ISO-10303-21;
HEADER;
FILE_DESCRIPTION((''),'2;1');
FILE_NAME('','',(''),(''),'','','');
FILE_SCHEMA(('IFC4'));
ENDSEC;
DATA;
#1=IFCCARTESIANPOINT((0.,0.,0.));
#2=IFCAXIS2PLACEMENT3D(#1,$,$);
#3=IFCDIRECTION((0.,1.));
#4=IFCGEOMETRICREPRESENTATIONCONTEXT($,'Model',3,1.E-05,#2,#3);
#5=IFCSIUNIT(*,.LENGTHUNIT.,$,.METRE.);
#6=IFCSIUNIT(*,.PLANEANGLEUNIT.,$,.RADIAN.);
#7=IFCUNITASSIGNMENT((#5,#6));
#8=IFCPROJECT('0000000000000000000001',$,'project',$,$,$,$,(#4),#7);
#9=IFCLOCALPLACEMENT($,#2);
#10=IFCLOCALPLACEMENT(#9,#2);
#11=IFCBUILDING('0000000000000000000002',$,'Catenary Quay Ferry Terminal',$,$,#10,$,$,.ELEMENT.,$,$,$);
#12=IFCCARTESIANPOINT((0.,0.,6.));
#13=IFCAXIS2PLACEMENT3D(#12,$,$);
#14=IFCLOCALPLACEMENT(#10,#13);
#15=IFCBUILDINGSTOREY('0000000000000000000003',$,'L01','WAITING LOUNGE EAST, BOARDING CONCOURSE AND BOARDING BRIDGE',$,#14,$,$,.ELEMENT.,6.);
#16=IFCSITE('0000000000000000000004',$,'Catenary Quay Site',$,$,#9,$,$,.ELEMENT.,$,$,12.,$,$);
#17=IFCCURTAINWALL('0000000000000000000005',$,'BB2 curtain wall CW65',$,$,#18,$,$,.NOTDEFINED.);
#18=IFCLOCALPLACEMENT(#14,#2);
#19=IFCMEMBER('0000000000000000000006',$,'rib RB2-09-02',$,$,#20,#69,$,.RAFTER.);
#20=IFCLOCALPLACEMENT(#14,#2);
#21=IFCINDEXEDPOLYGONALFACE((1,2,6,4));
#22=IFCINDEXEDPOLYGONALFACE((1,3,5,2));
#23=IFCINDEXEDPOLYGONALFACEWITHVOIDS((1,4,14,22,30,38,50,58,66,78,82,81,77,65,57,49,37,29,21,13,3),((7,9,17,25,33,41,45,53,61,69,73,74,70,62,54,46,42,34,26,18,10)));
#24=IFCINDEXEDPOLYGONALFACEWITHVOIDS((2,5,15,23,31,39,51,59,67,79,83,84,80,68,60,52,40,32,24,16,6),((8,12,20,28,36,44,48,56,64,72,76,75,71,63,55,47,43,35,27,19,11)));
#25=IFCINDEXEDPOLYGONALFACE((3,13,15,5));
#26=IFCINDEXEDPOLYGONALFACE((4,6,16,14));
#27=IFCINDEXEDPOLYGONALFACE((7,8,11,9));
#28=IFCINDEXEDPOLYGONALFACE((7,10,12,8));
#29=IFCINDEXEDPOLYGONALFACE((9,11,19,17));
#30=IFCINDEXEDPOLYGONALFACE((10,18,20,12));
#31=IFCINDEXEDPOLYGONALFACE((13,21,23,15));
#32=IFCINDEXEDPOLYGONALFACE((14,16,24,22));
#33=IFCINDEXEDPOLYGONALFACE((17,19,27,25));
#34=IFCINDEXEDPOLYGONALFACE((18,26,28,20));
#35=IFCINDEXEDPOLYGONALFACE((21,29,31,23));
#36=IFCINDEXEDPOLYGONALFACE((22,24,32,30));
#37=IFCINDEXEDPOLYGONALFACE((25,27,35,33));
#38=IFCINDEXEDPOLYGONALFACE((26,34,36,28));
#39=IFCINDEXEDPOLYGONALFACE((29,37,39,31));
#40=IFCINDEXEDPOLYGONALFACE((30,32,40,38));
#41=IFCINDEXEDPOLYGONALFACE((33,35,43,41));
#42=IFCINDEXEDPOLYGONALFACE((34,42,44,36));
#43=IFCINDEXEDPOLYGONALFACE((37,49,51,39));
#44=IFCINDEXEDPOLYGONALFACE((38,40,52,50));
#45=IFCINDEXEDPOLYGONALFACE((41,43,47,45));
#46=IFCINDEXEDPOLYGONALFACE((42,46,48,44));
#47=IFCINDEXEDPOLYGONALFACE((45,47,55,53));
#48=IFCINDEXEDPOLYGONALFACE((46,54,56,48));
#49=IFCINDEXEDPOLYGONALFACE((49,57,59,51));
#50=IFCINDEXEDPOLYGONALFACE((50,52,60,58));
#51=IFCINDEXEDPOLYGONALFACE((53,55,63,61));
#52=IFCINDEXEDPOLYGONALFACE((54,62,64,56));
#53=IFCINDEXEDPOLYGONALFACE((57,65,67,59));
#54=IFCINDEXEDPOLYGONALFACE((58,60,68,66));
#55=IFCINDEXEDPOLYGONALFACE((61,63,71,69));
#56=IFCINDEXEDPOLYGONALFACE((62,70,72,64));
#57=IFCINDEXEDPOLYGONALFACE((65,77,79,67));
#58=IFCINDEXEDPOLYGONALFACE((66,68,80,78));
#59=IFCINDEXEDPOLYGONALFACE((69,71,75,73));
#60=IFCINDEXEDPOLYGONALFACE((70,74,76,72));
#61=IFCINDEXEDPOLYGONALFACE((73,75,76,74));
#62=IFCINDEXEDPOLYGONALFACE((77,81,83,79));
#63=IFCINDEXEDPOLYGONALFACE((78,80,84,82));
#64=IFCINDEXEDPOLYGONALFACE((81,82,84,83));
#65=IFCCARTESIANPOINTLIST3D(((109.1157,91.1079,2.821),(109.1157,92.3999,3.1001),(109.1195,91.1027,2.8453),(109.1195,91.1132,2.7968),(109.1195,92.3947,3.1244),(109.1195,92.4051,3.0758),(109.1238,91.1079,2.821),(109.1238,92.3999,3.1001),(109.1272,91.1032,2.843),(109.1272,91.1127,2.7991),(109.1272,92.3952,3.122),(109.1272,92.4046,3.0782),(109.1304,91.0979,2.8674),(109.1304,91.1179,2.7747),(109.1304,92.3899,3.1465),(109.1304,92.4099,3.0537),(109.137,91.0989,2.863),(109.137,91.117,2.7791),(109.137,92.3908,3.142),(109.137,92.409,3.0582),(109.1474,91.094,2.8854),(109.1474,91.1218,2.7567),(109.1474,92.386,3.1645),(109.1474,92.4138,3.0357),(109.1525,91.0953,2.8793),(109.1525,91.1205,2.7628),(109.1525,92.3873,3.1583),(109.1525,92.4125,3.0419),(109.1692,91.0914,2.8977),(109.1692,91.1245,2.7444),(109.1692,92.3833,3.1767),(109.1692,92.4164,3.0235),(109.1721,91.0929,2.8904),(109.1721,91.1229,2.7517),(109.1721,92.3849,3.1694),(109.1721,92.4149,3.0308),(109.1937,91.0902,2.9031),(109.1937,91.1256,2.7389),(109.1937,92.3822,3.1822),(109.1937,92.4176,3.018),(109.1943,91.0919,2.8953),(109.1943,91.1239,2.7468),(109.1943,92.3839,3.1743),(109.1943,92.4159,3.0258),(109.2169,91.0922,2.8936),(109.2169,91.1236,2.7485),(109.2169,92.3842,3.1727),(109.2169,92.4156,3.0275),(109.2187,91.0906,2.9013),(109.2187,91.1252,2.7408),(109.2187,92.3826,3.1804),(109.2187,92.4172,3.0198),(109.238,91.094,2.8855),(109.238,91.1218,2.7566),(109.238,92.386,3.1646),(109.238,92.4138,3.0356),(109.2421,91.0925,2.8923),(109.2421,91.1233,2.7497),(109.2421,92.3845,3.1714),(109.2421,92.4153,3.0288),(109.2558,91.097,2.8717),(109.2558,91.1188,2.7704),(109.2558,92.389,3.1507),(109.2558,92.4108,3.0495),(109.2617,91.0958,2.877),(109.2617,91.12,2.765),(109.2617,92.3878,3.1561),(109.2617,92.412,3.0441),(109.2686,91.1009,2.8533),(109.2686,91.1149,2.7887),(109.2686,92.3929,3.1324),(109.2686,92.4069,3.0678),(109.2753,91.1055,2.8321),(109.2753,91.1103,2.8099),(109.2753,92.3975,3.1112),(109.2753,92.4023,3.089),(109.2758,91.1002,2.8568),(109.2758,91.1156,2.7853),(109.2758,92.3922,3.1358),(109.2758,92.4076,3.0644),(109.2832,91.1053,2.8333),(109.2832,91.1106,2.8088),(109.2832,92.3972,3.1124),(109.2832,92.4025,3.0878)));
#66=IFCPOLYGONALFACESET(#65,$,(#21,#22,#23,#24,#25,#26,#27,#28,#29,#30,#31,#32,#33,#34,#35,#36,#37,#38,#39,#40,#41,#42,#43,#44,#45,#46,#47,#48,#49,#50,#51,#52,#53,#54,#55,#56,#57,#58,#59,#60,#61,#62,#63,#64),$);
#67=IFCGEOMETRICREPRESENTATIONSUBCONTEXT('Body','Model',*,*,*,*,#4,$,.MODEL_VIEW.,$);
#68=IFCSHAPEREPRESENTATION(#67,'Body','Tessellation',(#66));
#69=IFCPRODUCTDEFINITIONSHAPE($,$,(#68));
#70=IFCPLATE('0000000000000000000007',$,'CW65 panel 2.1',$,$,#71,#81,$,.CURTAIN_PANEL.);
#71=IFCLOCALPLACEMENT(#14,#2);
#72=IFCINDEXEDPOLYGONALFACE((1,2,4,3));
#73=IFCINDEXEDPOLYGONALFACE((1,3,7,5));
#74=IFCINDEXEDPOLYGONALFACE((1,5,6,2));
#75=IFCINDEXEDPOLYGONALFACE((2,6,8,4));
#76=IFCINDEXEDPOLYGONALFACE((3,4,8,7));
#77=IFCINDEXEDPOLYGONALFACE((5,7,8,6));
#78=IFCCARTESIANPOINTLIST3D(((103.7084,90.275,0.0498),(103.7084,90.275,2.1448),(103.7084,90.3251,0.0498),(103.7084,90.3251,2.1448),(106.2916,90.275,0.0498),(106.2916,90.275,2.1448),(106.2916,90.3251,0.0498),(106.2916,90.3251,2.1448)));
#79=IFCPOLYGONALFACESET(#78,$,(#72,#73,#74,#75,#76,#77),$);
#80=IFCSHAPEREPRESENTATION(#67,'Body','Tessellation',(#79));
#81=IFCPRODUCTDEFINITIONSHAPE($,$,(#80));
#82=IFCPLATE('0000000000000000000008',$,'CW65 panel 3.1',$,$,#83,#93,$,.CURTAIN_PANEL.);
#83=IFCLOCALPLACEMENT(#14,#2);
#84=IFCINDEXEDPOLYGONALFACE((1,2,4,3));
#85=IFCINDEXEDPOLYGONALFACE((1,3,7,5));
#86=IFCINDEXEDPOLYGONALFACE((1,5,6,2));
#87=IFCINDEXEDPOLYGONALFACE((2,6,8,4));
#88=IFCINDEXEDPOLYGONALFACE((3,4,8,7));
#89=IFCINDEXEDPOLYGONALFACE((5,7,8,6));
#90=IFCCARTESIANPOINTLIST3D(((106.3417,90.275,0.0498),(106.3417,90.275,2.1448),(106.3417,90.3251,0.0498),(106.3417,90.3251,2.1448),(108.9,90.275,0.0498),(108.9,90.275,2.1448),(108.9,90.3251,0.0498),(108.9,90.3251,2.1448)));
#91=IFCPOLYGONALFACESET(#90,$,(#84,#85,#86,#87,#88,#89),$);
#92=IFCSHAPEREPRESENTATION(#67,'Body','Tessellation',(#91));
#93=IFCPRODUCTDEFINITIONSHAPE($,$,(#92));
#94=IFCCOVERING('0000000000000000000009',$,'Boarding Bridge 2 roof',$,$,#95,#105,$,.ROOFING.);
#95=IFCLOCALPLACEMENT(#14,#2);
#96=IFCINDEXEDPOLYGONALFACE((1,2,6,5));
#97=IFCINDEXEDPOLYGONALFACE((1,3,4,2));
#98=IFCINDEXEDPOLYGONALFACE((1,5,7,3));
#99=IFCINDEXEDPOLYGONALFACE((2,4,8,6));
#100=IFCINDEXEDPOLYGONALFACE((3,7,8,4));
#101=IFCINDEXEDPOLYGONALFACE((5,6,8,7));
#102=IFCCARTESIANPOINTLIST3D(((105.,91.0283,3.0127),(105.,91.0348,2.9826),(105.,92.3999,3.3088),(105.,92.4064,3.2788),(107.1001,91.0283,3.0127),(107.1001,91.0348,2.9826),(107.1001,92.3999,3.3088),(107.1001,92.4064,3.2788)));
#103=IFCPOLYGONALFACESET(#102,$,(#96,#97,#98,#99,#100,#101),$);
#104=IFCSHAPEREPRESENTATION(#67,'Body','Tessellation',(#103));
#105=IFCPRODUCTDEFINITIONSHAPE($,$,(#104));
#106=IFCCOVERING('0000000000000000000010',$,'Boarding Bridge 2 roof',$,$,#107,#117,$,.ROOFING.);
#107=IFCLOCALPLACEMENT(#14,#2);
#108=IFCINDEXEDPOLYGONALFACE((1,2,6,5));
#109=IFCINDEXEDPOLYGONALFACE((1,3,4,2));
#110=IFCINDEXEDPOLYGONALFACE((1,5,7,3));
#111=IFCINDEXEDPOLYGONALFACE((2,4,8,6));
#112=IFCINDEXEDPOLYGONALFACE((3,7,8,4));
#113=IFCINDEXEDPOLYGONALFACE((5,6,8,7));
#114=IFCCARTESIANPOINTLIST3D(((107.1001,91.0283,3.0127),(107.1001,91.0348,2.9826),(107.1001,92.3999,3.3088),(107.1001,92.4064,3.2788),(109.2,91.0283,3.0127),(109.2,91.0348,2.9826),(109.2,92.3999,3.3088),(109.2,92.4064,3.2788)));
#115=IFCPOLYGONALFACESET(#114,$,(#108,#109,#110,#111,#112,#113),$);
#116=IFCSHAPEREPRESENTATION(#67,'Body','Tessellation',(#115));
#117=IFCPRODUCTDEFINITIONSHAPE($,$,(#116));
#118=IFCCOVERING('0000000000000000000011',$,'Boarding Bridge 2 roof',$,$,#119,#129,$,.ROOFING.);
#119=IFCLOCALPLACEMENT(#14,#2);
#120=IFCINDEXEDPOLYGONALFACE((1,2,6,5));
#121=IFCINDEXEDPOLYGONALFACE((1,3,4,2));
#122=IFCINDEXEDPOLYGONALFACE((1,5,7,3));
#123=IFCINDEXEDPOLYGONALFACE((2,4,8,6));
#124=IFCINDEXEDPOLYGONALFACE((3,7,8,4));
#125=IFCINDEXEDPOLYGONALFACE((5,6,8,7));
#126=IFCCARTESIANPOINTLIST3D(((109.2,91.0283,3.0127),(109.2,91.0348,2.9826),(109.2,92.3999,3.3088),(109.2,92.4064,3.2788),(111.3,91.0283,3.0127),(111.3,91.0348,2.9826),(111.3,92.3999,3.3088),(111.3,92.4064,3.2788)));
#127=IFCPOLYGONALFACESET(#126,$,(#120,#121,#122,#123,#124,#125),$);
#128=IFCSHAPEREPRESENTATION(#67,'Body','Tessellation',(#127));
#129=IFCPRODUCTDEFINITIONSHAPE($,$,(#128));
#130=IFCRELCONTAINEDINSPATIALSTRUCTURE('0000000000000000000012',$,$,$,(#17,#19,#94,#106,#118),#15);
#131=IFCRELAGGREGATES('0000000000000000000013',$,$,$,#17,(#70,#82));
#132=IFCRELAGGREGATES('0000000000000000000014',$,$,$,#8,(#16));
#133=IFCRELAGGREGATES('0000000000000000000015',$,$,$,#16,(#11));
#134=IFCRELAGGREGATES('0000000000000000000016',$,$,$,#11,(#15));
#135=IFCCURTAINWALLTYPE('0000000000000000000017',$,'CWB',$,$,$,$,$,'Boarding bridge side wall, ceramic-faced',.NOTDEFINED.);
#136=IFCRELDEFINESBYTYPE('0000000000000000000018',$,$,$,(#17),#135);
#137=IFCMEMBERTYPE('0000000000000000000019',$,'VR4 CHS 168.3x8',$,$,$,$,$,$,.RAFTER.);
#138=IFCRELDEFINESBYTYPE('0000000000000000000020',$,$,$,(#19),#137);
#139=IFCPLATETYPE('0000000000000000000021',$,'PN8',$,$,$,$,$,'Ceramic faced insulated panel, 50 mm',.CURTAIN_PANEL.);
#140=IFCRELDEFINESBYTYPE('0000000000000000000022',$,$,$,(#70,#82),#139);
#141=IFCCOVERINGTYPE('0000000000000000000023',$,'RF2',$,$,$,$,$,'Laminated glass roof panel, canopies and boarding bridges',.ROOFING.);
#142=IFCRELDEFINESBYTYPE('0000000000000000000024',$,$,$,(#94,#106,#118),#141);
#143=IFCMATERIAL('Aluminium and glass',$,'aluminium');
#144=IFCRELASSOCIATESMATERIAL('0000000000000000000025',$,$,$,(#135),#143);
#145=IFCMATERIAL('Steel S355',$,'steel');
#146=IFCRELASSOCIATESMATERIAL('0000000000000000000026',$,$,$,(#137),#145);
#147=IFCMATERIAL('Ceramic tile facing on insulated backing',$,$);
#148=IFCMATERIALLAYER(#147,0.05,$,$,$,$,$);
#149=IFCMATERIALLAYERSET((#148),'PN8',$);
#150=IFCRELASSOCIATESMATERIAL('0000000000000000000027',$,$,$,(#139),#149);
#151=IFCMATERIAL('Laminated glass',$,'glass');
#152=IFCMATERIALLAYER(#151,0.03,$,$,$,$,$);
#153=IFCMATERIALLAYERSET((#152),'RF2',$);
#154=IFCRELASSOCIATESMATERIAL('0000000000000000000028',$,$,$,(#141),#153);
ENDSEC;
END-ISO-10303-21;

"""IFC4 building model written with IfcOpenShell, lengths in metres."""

from ifc_helpers import new_model, si_unit, direction, frame, origin, origin_2d, place, context, subcontext, project, spatial, polyline, rectangle, hollow_circle, outline, extrude, material, layer, layer_set, material_profile, profile_set, type_object, element, aggregate, save


model = new_model("IFC4")

# Units and contexts
model_context = context("Model", 3, precision=1e-05, world=origin(), true_north=direction((0.0, 1.0)))
body_context = subcontext(model_context, "Body", "Model", "MODEL_VIEW")
ifc_project = project(units=[si_unit("LENGTHUNIT", "METRE"), si_unit("PLANEANGLEUNIT", "RADIAN")], contexts=[model_context])

# Site, building, storey
site_placement = place(None, origin())
site = spatial("IfcSite", under=ifc_project, at=site_placement, Name="Catenary Quay Site", CompositionType="ELEMENT", RefElevation=12.0)
building_placement = place(site_placement, origin())
building = spatial("IfcBuilding", under=site, at=building_placement, Name="Catenary Quay Ferry Terminal", CompositionType="ELEMENT")
storey_placement = place(building_placement, frame((0.0, 0.0, 6.0)))
storey = spatial("IfcBuildingStorey", under=building, at=storey_placement, Name="L01", Description="WAITING LOUNGE EAST, BOARDING CONCOURSE AND BOARDING BRIDGE", CompositionType="ELEMENT", Elevation=6.0)

# Curtain wall
ifc_material_1 = material(Name="Aluminium and glass", Category="aluminium")
curtain_wall_type = type_object("IfcCurtainWallType", Name="CWB", ElementType="Boarding bridge side wall, ceramic-faced", PredefinedType="NOTDEFINED", material=ifc_material_1)
curtain_wall_1_placement = place(storey_placement, origin())
curtain_wall_1 = element("IfcCurtainWall", 1, at=curtain_wall_1_placement, inside=storey, type_object=curtain_wall_type, Name="BB2 curtain wall CW65", PredefinedType="NOTDEFINED")

# Member
ifc_material_2 = material(Name="Steel S355", Category="steel")
ifc_material_profile_1 = material_profile(ifc_material_2, hollow_circle(Radius=0.0842, WallThickness=0.0081, at=origin_2d()), Name="CHS 168.3x8")
ifc_profile_set_1 = profile_set([ifc_material_profile_1], Name="Steel S355")
member_type_1 = type_object("IfcMemberType", Name="VR4 CHS 168.3x8", PredefinedType="RAFTER", material=ifc_profile_set_1)
for number, where, z_axis, x_axis, name in (
    (2, (109.2, 91.1079, 2.821), (0.0, 0.977461, 0.211118), (-1.0, 0.0, 0.0), "rib RB2-09-02"),
):
    element("IfcMember", number, at=place(storey_placement, frame(where, z_axis=z_axis, x_axis=x_axis)), inside=storey, type_object=member_type_1, Name=name, PredefinedType="RAFTER", context=body_context, shape_type="SweptSolid", body=[
        extrude(hollow_circle(Radius=0.0842, WallThickness=0.0081, at=origin_2d()), origin(), (0.0, 0.0, 1.0), 1.3218),
    ])

# Plates
ifc_material_3 = material(Name="Ceramic tile facing on insulated backing")
ifc_layer_1 = layer(ifc_material_3, 0.05)
ifc_layer_set_1 = layer_set([ifc_layer_1], Name="PN8")
plate_type = type_object("IfcPlateType", Name="PN8", ElementType="Ceramic faced insulated panel, 50 mm", PredefinedType="CURTAIN_PANEL", material=ifc_layer_set_1)
plate_1_placement = place(storey_placement, frame((105.0, 90.3, 0.0498), z_axis=(0.0, 0.0, 1.0), x_axis=(1.0, 0.0, 0.0)))
plate_1 = element("IfcPlate", 3, at=plate_1_placement, type_object=plate_type, Name="CW65 panel 2.1", PredefinedType="CURTAIN_PANEL", context=body_context, shape_type="SweptSolid", body=[
    extrude(rectangle(XDim=2.5833, YDim=0.05, at=origin_2d()), origin(), (0.0, 0.0, 1.0), 2.095),
])
plate_2_placement = place(storey_placement, frame((107.6208, 90.3, 0.0498), z_axis=(0.0, 0.0, 1.0), x_axis=(1.0, 0.0, 0.0)))
plate_2 = element("IfcPlate", 4, at=plate_2_placement, type_object=plate_type, Name="CW65 panel 3.1", PredefinedType="CURTAIN_PANEL", context=body_context, shape_type="SweptSolid", body=[
    extrude(rectangle(XDim=2.5583, YDim=0.05, at=origin_2d()), origin(), (0.0, 0.0, 1.0), 2.095),
])
aggregate(curtain_wall_1, [plate_1, plate_2])

# Coverings
ifc_material_4 = material(Name="Laminated glass", Category="glass")
ifc_layer_2 = layer(ifc_material_4, 0.03)
ifc_layer_set_2 = layer_set([ifc_layer_2], Name="RF2")
covering_type = type_object("IfcCoveringType", Name="RF2", ElementType="Laminated glass roof panel, canopies and boarding bridges", PredefinedType="ROOFING", material=ifc_layer_set_2)
covering_1_placement = place(storey_placement, frame((105.0, 91.0283, 3.0127), z_axis=(0.0, -0.21105, 0.977475), x_axis=(1.0, 0.0, 0.0)))
element("IfcCovering", 5, at=covering_1_placement, inside=storey, type_object=covering_type, Name="Boarding Bridge 2 roof", PredefinedType="ROOFING", context=body_context, shape_type="SweptSolid", body=[
    extrude(outline(polyline([(0.0, 0.0), (2.1001, 0.0), (2.1001, 1.4032), (0.0, 1.4032), (0.0, 0.0)])), origin(), (0.0, 0.0, -1.0), 0.0308),
])
covering_2_placement = place(storey_placement, frame((107.1001, 91.0283, 3.0127), z_axis=(0.0, -0.21105, 0.977475), x_axis=(1.0, 0.0, 0.0)))
element("IfcCovering", 6, at=covering_2_placement, inside=storey, type_object=covering_type, Name="Boarding Bridge 2 roof", PredefinedType="ROOFING", context=body_context, shape_type="SweptSolid", body=[
    extrude(outline(polyline([(0.0, 0.0), (2.0999, 0.0), (2.0999, 1.4032), (0.0, 1.4032), (0.0, 0.0)])), origin(), (0.0, 0.0, -1.0), 0.0308),
])
covering_3_placement = place(storey_placement, frame((109.2, 91.0283, 3.0127), z_axis=(0.0, -0.21105, 0.977475), x_axis=(1.0, 0.0, 0.0)))
element("IfcCovering", 7, at=covering_3_placement, inside=storey, type_object=covering_type, Name="Boarding Bridge 2 roof", PredefinedType="ROOFING", context=body_context, shape_type="SweptSolid", body=[
    extrude(outline(polyline([(0.0, 0.0), (2.1001, 0.0), (2.1001, 1.4032), (0.0, 1.4032), (0.0, 0.0)])), origin(), (0.0, 0.0, -1.0), 0.0308),
])

save(model, "model.ifc")
